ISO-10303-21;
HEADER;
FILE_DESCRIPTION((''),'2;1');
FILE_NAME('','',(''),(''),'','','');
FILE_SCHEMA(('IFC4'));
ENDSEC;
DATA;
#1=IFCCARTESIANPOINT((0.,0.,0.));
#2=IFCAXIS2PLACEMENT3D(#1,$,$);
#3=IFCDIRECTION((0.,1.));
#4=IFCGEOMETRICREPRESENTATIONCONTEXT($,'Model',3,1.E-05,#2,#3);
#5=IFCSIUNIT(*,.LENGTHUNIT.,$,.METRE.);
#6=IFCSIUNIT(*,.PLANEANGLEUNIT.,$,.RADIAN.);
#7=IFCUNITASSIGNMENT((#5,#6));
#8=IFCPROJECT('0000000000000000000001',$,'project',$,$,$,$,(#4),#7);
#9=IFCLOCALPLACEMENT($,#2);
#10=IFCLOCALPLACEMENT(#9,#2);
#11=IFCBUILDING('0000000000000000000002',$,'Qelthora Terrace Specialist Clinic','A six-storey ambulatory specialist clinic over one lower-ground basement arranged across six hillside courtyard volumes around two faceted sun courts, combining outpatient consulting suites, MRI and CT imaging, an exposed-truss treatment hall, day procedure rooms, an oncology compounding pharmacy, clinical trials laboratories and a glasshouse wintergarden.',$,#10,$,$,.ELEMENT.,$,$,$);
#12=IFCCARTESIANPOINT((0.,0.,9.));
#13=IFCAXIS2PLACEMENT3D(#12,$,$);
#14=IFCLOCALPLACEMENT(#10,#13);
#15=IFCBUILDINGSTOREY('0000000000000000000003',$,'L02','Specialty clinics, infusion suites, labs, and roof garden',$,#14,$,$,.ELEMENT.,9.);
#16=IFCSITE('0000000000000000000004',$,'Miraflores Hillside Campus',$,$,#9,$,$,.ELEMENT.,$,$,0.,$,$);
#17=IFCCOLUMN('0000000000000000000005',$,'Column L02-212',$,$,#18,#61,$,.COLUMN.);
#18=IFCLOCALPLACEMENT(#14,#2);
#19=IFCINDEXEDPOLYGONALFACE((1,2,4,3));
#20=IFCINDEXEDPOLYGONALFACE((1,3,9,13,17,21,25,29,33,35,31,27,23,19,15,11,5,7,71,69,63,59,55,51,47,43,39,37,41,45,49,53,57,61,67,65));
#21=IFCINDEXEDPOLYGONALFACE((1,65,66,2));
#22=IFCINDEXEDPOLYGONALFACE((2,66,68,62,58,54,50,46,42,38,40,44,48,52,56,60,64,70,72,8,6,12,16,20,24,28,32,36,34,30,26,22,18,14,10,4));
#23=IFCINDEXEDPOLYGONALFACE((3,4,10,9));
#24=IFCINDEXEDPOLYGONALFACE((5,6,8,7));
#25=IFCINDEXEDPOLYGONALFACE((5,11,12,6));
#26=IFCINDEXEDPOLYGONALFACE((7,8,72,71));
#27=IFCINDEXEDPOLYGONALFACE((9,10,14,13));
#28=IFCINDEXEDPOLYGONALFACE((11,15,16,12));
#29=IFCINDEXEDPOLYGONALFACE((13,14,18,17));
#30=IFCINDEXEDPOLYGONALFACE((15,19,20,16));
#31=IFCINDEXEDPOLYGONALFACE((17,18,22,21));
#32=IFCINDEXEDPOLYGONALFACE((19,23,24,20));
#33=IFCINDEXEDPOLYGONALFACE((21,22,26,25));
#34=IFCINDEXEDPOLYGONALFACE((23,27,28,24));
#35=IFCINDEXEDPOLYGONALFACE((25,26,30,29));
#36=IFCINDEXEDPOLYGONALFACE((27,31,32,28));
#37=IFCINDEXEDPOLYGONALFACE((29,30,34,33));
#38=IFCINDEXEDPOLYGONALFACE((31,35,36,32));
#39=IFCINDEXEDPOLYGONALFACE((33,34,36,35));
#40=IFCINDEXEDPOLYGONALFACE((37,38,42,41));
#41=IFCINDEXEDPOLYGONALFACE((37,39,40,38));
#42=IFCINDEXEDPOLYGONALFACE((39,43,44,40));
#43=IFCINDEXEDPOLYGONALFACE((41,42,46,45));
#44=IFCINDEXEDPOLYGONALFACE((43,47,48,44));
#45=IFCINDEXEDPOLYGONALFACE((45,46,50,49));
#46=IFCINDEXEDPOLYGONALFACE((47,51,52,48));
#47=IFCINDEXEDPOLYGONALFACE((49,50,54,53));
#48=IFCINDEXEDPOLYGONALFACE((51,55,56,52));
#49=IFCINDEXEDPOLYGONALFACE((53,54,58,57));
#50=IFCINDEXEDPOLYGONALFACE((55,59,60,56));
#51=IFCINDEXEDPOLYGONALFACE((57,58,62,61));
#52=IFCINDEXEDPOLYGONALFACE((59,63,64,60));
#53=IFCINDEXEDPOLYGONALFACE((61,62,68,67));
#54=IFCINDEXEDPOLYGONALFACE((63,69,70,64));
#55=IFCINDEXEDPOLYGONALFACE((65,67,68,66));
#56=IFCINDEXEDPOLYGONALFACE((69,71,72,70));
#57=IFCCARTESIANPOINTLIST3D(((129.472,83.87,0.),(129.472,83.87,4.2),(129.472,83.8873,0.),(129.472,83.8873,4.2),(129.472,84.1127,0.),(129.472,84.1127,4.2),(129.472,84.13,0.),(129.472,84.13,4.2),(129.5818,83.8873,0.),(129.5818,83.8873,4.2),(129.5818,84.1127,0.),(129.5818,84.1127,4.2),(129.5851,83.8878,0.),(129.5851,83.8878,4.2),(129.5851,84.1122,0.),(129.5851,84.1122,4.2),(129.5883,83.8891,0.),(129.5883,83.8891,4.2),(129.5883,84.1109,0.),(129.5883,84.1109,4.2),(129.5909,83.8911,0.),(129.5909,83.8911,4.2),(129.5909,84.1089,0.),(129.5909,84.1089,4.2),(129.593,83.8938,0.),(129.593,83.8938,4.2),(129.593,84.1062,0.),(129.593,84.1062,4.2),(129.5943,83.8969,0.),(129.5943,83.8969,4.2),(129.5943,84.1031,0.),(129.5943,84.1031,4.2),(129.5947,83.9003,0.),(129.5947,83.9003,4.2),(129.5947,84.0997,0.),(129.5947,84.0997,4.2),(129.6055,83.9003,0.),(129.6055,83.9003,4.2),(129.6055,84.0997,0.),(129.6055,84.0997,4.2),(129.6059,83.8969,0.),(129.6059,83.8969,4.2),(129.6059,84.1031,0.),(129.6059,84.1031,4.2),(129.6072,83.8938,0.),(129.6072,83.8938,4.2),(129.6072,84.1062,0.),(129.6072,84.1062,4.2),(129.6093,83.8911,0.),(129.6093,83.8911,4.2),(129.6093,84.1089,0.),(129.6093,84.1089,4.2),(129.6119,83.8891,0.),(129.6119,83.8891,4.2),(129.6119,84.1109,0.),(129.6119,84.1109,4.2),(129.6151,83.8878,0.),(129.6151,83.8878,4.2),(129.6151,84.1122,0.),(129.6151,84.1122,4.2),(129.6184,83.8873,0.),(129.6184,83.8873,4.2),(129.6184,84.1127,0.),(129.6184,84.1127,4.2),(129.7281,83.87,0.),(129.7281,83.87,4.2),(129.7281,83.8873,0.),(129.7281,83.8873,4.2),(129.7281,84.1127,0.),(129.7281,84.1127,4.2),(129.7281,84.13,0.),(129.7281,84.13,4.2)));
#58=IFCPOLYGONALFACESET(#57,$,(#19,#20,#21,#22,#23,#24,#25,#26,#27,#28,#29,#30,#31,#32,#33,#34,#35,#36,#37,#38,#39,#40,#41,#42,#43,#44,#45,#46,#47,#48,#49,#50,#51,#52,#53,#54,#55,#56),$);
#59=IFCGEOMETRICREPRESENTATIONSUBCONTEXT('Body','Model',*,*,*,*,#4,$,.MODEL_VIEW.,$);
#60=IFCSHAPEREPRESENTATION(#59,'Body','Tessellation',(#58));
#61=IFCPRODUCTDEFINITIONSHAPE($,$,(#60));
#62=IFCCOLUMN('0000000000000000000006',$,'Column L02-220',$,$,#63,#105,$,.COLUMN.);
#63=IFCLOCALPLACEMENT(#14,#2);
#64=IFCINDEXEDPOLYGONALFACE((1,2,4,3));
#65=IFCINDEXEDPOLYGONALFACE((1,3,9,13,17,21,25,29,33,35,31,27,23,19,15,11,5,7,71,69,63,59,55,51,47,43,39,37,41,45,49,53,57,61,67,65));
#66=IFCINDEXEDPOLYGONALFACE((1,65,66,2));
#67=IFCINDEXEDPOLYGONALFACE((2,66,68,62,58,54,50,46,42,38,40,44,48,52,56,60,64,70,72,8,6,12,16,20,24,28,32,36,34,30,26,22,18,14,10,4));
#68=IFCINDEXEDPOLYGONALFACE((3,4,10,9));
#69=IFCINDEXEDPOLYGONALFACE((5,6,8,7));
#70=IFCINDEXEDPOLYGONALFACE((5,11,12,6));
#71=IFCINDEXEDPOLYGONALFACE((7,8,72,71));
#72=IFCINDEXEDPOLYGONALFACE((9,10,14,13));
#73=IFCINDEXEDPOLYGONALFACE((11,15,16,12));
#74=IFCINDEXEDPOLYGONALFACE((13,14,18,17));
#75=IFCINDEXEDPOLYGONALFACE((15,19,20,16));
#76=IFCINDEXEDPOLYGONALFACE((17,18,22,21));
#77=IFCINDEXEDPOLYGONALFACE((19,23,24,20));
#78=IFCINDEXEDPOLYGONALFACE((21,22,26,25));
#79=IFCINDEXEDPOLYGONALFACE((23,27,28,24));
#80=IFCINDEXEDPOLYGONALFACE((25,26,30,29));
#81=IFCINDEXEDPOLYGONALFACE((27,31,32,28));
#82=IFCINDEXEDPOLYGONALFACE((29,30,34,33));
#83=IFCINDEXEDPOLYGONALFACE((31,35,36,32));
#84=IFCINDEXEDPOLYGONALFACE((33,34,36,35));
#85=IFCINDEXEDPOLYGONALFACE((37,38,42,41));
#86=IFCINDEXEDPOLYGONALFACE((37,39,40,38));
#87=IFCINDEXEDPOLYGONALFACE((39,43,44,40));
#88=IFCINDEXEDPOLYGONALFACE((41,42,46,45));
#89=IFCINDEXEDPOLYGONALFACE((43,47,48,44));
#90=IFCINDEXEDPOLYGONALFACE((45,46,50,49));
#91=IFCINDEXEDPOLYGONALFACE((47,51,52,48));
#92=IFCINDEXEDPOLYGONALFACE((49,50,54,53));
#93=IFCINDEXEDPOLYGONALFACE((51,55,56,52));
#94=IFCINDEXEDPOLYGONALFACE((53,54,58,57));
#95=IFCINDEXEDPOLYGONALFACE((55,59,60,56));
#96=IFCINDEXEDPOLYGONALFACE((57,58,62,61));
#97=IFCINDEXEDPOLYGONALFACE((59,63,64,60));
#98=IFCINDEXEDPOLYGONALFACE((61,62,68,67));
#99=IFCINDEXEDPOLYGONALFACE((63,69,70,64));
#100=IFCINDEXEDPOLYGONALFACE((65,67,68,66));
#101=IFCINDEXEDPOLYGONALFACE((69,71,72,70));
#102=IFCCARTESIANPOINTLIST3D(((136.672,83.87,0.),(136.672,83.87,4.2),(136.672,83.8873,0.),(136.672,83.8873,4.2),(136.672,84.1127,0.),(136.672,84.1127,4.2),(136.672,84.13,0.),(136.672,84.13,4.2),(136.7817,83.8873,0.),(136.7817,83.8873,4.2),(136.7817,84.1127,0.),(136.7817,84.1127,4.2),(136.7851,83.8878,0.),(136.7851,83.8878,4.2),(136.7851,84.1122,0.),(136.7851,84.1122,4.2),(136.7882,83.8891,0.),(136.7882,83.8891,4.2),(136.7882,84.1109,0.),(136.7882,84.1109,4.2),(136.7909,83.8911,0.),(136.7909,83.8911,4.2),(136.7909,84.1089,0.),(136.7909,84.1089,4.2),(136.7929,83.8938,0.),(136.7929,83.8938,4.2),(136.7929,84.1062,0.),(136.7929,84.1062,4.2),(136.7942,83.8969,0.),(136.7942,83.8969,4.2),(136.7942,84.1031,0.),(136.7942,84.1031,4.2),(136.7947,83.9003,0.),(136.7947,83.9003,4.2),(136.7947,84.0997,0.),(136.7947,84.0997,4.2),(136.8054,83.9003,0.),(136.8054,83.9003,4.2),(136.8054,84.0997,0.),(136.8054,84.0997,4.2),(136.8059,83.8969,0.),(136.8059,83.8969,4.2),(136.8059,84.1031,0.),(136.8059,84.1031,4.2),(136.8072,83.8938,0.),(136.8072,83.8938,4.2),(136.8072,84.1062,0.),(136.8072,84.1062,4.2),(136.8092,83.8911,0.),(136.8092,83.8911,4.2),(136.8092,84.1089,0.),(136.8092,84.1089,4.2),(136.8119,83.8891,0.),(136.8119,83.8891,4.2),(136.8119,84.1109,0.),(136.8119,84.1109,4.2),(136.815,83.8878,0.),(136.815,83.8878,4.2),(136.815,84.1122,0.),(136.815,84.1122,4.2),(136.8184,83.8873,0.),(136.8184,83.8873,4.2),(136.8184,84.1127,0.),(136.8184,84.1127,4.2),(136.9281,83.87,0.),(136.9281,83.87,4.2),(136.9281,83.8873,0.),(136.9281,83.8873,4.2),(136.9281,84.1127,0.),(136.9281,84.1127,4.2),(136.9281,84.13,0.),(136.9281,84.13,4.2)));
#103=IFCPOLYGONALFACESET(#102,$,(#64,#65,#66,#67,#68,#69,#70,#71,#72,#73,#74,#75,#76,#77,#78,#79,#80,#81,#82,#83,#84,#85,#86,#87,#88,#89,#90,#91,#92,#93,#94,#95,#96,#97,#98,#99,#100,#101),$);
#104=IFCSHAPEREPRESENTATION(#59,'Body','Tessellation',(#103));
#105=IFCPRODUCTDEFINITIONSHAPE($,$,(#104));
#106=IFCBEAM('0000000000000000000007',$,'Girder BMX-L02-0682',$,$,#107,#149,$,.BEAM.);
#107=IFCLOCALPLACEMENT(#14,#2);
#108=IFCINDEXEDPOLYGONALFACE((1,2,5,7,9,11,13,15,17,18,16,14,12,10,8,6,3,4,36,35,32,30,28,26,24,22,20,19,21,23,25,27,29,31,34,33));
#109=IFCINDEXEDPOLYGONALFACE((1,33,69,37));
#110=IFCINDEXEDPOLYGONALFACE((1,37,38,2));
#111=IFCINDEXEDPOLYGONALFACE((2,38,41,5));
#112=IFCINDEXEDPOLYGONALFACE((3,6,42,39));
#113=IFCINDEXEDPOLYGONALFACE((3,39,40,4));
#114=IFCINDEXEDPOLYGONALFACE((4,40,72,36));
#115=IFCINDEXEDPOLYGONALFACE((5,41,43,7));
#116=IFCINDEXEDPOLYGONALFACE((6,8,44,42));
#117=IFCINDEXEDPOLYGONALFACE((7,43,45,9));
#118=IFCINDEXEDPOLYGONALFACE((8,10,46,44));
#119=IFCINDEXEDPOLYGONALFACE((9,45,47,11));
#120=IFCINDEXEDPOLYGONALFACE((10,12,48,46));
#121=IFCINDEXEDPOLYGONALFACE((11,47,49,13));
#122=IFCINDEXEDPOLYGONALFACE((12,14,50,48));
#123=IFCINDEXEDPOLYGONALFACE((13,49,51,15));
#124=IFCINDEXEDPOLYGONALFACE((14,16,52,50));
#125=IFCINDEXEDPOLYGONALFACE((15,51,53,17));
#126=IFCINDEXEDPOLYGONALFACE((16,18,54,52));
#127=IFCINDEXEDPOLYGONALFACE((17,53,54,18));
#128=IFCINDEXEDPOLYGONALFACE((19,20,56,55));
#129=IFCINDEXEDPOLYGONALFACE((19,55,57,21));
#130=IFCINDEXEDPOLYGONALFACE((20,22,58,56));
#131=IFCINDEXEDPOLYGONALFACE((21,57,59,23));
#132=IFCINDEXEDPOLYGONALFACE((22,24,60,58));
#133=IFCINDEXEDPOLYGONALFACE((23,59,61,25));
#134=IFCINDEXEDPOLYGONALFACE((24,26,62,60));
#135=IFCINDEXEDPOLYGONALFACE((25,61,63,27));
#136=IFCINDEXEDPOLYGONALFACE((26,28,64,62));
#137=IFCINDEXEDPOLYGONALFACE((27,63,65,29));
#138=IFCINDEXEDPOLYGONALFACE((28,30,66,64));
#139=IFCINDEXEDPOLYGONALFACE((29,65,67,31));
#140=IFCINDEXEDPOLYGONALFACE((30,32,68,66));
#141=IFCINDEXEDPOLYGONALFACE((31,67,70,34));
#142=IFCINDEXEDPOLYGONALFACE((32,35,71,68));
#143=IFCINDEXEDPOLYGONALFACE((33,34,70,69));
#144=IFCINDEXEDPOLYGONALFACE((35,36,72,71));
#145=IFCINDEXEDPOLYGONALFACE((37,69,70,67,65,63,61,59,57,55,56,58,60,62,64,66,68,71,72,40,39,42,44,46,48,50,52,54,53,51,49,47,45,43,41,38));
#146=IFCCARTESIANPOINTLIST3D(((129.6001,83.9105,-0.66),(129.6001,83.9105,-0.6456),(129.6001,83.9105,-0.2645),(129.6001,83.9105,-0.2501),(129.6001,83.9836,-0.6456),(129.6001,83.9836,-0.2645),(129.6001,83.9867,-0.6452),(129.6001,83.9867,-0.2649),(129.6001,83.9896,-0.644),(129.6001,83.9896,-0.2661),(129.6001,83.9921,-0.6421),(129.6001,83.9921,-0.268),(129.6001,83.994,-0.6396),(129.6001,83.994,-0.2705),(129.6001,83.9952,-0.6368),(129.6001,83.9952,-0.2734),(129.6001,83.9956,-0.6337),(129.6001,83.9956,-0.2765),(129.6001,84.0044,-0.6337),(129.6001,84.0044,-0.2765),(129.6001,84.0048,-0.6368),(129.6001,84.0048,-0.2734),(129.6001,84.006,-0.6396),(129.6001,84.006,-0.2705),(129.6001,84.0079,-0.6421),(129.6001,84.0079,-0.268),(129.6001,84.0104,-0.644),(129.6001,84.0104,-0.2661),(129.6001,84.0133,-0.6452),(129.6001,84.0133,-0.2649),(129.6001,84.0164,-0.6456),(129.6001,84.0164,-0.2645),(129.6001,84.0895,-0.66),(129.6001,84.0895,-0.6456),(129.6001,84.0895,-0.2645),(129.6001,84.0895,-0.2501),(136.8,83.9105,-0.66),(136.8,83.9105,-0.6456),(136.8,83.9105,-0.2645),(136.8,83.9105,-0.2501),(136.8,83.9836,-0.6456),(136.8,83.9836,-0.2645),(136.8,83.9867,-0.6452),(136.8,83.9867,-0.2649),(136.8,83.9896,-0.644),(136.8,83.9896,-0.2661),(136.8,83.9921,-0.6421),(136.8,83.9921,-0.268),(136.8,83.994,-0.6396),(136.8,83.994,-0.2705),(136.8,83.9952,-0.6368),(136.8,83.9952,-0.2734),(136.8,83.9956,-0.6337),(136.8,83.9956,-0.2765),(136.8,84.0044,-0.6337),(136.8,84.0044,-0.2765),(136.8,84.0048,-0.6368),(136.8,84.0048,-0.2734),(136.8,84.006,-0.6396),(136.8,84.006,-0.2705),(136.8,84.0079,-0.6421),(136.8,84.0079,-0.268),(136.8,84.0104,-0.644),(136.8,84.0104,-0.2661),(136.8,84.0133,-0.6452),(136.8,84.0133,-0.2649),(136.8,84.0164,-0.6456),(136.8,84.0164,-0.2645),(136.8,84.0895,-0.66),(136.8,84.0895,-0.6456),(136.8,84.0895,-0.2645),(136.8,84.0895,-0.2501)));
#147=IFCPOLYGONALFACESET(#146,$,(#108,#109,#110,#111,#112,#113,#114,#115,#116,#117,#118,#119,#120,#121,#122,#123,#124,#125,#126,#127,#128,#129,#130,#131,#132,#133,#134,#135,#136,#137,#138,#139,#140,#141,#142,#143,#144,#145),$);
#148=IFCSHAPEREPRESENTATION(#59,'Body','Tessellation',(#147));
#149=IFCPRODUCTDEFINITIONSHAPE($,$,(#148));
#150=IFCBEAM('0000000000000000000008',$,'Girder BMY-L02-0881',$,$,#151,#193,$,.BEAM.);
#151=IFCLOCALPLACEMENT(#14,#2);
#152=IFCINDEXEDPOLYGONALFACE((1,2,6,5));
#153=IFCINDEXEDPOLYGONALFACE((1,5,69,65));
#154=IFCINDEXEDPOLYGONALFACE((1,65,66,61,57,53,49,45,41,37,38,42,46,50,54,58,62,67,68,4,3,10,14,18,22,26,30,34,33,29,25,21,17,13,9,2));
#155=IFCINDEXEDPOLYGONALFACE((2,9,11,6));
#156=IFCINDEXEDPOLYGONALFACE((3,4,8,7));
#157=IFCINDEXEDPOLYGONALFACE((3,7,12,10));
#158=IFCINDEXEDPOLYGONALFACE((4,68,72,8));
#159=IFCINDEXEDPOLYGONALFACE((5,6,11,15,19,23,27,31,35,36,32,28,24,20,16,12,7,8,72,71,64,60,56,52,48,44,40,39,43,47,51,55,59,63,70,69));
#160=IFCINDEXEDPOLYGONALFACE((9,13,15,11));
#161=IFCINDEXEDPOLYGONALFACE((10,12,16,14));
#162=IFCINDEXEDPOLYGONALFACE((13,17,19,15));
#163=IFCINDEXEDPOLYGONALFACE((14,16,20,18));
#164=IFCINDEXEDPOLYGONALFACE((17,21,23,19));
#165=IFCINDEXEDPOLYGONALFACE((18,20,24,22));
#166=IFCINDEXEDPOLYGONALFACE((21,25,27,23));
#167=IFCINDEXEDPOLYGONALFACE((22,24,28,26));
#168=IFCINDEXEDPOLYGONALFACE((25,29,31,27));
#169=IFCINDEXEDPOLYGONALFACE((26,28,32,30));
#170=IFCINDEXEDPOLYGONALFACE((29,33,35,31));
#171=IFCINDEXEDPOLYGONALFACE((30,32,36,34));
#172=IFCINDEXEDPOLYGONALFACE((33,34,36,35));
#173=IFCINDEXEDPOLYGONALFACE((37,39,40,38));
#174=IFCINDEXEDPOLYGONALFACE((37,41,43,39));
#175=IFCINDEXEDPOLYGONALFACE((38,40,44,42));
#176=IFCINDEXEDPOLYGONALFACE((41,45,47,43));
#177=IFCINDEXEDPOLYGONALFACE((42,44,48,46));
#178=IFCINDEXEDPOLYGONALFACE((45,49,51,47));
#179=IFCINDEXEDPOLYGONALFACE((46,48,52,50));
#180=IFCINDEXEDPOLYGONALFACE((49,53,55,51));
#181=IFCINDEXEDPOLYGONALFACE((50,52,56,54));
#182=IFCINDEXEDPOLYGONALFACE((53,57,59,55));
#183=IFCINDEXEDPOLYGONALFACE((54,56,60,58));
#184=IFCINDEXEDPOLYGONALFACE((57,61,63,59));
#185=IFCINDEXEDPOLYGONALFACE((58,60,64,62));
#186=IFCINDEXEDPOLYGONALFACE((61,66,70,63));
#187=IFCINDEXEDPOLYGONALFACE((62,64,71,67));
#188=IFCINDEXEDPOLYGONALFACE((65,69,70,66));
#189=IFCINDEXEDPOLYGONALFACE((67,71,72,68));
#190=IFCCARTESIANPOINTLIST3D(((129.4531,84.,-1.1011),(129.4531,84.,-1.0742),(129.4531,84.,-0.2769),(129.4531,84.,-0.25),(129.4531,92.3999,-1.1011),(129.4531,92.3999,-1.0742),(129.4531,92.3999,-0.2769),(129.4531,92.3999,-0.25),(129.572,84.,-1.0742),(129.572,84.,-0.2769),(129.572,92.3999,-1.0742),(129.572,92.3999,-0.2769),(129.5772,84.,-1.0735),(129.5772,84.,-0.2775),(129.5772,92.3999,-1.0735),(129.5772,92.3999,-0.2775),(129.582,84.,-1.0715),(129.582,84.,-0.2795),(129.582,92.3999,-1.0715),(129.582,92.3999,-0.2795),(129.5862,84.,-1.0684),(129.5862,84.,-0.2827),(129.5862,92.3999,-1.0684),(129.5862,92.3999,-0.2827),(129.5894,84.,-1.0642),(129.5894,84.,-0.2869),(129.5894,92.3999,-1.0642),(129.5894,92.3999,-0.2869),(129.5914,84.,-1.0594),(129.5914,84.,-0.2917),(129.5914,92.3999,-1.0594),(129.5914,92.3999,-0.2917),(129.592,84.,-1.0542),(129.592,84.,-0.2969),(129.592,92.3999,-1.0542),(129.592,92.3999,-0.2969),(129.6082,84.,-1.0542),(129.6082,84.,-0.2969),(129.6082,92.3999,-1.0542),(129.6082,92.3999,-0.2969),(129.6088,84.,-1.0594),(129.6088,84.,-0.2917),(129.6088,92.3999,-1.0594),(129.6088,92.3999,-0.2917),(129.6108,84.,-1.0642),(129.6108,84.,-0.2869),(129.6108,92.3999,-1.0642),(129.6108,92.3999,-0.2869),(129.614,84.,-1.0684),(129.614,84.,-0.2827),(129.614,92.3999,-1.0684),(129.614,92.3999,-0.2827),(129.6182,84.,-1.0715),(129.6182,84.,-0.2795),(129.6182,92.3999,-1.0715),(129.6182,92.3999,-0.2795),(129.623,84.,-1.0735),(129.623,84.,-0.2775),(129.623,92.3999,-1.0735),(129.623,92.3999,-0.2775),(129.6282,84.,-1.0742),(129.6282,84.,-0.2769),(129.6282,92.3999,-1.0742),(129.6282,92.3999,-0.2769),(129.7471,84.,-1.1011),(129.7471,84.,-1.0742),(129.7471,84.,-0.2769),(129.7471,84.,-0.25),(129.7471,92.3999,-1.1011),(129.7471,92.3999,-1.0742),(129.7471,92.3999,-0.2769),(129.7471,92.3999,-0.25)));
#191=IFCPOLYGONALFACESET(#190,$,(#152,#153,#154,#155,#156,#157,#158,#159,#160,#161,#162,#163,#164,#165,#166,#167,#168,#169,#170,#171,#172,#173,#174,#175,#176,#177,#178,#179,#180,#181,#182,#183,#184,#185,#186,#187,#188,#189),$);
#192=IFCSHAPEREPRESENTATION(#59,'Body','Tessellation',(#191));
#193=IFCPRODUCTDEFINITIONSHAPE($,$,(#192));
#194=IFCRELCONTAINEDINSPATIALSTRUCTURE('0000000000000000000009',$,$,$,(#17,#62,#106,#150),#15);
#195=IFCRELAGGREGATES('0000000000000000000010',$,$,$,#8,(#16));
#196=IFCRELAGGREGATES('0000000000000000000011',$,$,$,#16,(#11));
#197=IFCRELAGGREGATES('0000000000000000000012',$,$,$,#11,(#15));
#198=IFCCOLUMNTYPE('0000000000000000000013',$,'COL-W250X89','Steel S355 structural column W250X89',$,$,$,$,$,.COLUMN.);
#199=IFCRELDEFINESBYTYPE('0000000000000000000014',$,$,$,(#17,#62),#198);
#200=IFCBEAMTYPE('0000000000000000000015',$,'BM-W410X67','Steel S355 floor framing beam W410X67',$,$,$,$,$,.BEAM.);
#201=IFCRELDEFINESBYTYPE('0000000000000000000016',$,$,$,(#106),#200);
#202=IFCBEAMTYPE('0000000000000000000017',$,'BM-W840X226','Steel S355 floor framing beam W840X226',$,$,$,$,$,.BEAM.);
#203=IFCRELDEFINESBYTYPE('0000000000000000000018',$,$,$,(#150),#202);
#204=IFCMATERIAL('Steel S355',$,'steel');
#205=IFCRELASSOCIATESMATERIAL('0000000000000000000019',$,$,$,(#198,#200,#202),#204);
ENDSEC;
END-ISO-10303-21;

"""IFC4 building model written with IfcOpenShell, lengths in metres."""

from ifc_helpers import new_model, si_unit, direction, frame, origin, origin_2d, place, context, subcontext, project, spatial, i_section, extrude, material, material_profile, profile_set, type_object, element, save


model = new_model("IFC4")

# Units and contexts
model_context = context("Model", 3, precision=1e-05, world=origin(), true_north=direction((0.0, 1.0)))
body_context = subcontext(model_context, "Body", "Model", "MODEL_VIEW")
ifc_project = project(units=[si_unit("LENGTHUNIT", "METRE"), si_unit("PLANEANGLEUNIT", "RADIAN")], contexts=[model_context])

# Site, building, storey
site_placement = place(None, origin())
site = spatial("IfcSite", under=ifc_project, at=site_placement, Name="Miraflores Hillside Campus", CompositionType="ELEMENT", RefElevation=0.0)
building_placement = place(site_placement, origin())
building = spatial("IfcBuilding", under=site, at=building_placement, Name="Qelthora Terrace Specialist Clinic", Description="A six-storey ambulatory specialist clinic over one lower-ground basement arranged across six hillside courtyard volumes around two faceted sun courts, combining outpatient consulting suites, MRI and CT imaging, an exposed-truss treatment hall, day procedure rooms, an oncology compounding pharmacy, clinical trials laboratories and a glasshouse wintergarden.", CompositionType="ELEMENT")
storey_placement = place(building_placement, frame((0.0, 0.0, 9.0)))
storey = spatial("IfcBuildingStorey", under=building, at=storey_placement, Name="L02", Description="Specialty clinics, infusion suites, labs, and roof garden", CompositionType="ELEMENT", Elevation=9.0)

# Columns
ifc_material_1 = material(Name="Steel S355", Category="steel")
ifc_material_profile_1 = material_profile(ifc_material_1, i_section(OverallWidth=0.2561, OverallDepth=0.26, WebThickness=0.0107, FlangeThickness=0.0173, FilletRadius=0.0129, at=origin_2d()), Name="W250X89")
ifc_profile_set_1 = profile_set([ifc_material_profile_1], Name="Steel S355")
column_type = type_object("IfcColumnType", Name="COL-W250X89", Description="Steel S355 structural column W250X89", PredefinedType="COLUMN", material=ifc_profile_set_1)
for number, where, z_axis, x_axis, name in (
    (1, (129.6001, 84.0, 0.0), (0.0, 0.0, 1.0), (1.0, 0.0, 0.0), "Column L02-212"),
    (2, (136.8, 84.0, 0.0), (0.0, 0.0, 1.0), (1.0, 0.0, 0.0), "Column L02-220"),
):
    element("IfcColumn", number, at=place(storey_placement, frame(where, z_axis=z_axis, x_axis=x_axis)), inside=storey, type_object=column_type, Name=name, PredefinedType="COLUMN", context=body_context, shape_type="SweptSolid", body=[
        extrude(i_section(OverallWidth=0.2561, OverallDepth=0.26, WebThickness=0.0107, FlangeThickness=0.0173, FilletRadius=0.0129, at=origin_2d()), origin(), (0.0, 0.0, 1.0), 4.2),
    ])

# Beams
ifc_material_profile_2 = material_profile(ifc_material_1, i_section(OverallWidth=0.179, OverallDepth=0.4099, WebThickness=0.0088, FlangeThickness=0.0144, FilletRadius=0.012, at=origin_2d()), Name="W410X67")
ifc_profile_set_2 = profile_set([ifc_material_profile_2], Name="Steel S355")
beam_type_1 = type_object("IfcBeamType", Name="BM-W410X67", Description="Steel S355 floor framing beam W410X67", PredefinedType="BEAM", material=ifc_profile_set_2)
beam_1_placement = place(storey_placement, frame((129.6001, 84.0, -0.4551), z_axis=(1.0, 0.0, 0.0), x_axis=(0.0, 1.0, 0.0)))
element("IfcBeam", 3, at=beam_1_placement, inside=storey, type_object=beam_type_1, Name="Girder BMX-L02-0682", PredefinedType="BEAM", context=body_context, shape_type="SweptSolid", body=[
    extrude(i_section(OverallWidth=0.179, OverallDepth=0.4099, WebThickness=0.0088, FlangeThickness=0.0144, FilletRadius=0.012, at=origin_2d()), origin(), (0.0, 0.0, 1.0), 7.2),
])
ifc_material_profile_3 = material_profile(ifc_material_1, i_section(OverallWidth=0.2939, OverallDepth=0.8511, WebThickness=0.0161, FlangeThickness=0.0269, FilletRadius=0.02, at=origin_2d()), Name="W840X226")
ifc_profile_set_3 = profile_set([ifc_material_profile_3], Name="Steel S355")
beam_type_2 = type_object("IfcBeamType", Name="BM-W840X226", Description="Steel S355 floor framing beam W840X226", PredefinedType="BEAM", material=ifc_profile_set_3)
beam_2_placement = place(storey_placement, frame((129.6001, 84.0, -0.6755), z_axis=(0.0, 1.0, 0.0), x_axis=(-1.0, 0.0, 0.0)))
element("IfcBeam", 4, at=beam_2_placement, inside=storey, type_object=beam_type_2, Name="Girder BMY-L02-0881", PredefinedType="BEAM", context=body_context, shape_type="SweptSolid", body=[
    extrude(i_section(OverallWidth=0.2939, OverallDepth=0.8511, WebThickness=0.0161, FlangeThickness=0.0269, FilletRadius=0.02, at=origin_2d()), origin(), (0.0, 0.0, 1.0), 8.3999),
])

save(model, "model.ifc")
